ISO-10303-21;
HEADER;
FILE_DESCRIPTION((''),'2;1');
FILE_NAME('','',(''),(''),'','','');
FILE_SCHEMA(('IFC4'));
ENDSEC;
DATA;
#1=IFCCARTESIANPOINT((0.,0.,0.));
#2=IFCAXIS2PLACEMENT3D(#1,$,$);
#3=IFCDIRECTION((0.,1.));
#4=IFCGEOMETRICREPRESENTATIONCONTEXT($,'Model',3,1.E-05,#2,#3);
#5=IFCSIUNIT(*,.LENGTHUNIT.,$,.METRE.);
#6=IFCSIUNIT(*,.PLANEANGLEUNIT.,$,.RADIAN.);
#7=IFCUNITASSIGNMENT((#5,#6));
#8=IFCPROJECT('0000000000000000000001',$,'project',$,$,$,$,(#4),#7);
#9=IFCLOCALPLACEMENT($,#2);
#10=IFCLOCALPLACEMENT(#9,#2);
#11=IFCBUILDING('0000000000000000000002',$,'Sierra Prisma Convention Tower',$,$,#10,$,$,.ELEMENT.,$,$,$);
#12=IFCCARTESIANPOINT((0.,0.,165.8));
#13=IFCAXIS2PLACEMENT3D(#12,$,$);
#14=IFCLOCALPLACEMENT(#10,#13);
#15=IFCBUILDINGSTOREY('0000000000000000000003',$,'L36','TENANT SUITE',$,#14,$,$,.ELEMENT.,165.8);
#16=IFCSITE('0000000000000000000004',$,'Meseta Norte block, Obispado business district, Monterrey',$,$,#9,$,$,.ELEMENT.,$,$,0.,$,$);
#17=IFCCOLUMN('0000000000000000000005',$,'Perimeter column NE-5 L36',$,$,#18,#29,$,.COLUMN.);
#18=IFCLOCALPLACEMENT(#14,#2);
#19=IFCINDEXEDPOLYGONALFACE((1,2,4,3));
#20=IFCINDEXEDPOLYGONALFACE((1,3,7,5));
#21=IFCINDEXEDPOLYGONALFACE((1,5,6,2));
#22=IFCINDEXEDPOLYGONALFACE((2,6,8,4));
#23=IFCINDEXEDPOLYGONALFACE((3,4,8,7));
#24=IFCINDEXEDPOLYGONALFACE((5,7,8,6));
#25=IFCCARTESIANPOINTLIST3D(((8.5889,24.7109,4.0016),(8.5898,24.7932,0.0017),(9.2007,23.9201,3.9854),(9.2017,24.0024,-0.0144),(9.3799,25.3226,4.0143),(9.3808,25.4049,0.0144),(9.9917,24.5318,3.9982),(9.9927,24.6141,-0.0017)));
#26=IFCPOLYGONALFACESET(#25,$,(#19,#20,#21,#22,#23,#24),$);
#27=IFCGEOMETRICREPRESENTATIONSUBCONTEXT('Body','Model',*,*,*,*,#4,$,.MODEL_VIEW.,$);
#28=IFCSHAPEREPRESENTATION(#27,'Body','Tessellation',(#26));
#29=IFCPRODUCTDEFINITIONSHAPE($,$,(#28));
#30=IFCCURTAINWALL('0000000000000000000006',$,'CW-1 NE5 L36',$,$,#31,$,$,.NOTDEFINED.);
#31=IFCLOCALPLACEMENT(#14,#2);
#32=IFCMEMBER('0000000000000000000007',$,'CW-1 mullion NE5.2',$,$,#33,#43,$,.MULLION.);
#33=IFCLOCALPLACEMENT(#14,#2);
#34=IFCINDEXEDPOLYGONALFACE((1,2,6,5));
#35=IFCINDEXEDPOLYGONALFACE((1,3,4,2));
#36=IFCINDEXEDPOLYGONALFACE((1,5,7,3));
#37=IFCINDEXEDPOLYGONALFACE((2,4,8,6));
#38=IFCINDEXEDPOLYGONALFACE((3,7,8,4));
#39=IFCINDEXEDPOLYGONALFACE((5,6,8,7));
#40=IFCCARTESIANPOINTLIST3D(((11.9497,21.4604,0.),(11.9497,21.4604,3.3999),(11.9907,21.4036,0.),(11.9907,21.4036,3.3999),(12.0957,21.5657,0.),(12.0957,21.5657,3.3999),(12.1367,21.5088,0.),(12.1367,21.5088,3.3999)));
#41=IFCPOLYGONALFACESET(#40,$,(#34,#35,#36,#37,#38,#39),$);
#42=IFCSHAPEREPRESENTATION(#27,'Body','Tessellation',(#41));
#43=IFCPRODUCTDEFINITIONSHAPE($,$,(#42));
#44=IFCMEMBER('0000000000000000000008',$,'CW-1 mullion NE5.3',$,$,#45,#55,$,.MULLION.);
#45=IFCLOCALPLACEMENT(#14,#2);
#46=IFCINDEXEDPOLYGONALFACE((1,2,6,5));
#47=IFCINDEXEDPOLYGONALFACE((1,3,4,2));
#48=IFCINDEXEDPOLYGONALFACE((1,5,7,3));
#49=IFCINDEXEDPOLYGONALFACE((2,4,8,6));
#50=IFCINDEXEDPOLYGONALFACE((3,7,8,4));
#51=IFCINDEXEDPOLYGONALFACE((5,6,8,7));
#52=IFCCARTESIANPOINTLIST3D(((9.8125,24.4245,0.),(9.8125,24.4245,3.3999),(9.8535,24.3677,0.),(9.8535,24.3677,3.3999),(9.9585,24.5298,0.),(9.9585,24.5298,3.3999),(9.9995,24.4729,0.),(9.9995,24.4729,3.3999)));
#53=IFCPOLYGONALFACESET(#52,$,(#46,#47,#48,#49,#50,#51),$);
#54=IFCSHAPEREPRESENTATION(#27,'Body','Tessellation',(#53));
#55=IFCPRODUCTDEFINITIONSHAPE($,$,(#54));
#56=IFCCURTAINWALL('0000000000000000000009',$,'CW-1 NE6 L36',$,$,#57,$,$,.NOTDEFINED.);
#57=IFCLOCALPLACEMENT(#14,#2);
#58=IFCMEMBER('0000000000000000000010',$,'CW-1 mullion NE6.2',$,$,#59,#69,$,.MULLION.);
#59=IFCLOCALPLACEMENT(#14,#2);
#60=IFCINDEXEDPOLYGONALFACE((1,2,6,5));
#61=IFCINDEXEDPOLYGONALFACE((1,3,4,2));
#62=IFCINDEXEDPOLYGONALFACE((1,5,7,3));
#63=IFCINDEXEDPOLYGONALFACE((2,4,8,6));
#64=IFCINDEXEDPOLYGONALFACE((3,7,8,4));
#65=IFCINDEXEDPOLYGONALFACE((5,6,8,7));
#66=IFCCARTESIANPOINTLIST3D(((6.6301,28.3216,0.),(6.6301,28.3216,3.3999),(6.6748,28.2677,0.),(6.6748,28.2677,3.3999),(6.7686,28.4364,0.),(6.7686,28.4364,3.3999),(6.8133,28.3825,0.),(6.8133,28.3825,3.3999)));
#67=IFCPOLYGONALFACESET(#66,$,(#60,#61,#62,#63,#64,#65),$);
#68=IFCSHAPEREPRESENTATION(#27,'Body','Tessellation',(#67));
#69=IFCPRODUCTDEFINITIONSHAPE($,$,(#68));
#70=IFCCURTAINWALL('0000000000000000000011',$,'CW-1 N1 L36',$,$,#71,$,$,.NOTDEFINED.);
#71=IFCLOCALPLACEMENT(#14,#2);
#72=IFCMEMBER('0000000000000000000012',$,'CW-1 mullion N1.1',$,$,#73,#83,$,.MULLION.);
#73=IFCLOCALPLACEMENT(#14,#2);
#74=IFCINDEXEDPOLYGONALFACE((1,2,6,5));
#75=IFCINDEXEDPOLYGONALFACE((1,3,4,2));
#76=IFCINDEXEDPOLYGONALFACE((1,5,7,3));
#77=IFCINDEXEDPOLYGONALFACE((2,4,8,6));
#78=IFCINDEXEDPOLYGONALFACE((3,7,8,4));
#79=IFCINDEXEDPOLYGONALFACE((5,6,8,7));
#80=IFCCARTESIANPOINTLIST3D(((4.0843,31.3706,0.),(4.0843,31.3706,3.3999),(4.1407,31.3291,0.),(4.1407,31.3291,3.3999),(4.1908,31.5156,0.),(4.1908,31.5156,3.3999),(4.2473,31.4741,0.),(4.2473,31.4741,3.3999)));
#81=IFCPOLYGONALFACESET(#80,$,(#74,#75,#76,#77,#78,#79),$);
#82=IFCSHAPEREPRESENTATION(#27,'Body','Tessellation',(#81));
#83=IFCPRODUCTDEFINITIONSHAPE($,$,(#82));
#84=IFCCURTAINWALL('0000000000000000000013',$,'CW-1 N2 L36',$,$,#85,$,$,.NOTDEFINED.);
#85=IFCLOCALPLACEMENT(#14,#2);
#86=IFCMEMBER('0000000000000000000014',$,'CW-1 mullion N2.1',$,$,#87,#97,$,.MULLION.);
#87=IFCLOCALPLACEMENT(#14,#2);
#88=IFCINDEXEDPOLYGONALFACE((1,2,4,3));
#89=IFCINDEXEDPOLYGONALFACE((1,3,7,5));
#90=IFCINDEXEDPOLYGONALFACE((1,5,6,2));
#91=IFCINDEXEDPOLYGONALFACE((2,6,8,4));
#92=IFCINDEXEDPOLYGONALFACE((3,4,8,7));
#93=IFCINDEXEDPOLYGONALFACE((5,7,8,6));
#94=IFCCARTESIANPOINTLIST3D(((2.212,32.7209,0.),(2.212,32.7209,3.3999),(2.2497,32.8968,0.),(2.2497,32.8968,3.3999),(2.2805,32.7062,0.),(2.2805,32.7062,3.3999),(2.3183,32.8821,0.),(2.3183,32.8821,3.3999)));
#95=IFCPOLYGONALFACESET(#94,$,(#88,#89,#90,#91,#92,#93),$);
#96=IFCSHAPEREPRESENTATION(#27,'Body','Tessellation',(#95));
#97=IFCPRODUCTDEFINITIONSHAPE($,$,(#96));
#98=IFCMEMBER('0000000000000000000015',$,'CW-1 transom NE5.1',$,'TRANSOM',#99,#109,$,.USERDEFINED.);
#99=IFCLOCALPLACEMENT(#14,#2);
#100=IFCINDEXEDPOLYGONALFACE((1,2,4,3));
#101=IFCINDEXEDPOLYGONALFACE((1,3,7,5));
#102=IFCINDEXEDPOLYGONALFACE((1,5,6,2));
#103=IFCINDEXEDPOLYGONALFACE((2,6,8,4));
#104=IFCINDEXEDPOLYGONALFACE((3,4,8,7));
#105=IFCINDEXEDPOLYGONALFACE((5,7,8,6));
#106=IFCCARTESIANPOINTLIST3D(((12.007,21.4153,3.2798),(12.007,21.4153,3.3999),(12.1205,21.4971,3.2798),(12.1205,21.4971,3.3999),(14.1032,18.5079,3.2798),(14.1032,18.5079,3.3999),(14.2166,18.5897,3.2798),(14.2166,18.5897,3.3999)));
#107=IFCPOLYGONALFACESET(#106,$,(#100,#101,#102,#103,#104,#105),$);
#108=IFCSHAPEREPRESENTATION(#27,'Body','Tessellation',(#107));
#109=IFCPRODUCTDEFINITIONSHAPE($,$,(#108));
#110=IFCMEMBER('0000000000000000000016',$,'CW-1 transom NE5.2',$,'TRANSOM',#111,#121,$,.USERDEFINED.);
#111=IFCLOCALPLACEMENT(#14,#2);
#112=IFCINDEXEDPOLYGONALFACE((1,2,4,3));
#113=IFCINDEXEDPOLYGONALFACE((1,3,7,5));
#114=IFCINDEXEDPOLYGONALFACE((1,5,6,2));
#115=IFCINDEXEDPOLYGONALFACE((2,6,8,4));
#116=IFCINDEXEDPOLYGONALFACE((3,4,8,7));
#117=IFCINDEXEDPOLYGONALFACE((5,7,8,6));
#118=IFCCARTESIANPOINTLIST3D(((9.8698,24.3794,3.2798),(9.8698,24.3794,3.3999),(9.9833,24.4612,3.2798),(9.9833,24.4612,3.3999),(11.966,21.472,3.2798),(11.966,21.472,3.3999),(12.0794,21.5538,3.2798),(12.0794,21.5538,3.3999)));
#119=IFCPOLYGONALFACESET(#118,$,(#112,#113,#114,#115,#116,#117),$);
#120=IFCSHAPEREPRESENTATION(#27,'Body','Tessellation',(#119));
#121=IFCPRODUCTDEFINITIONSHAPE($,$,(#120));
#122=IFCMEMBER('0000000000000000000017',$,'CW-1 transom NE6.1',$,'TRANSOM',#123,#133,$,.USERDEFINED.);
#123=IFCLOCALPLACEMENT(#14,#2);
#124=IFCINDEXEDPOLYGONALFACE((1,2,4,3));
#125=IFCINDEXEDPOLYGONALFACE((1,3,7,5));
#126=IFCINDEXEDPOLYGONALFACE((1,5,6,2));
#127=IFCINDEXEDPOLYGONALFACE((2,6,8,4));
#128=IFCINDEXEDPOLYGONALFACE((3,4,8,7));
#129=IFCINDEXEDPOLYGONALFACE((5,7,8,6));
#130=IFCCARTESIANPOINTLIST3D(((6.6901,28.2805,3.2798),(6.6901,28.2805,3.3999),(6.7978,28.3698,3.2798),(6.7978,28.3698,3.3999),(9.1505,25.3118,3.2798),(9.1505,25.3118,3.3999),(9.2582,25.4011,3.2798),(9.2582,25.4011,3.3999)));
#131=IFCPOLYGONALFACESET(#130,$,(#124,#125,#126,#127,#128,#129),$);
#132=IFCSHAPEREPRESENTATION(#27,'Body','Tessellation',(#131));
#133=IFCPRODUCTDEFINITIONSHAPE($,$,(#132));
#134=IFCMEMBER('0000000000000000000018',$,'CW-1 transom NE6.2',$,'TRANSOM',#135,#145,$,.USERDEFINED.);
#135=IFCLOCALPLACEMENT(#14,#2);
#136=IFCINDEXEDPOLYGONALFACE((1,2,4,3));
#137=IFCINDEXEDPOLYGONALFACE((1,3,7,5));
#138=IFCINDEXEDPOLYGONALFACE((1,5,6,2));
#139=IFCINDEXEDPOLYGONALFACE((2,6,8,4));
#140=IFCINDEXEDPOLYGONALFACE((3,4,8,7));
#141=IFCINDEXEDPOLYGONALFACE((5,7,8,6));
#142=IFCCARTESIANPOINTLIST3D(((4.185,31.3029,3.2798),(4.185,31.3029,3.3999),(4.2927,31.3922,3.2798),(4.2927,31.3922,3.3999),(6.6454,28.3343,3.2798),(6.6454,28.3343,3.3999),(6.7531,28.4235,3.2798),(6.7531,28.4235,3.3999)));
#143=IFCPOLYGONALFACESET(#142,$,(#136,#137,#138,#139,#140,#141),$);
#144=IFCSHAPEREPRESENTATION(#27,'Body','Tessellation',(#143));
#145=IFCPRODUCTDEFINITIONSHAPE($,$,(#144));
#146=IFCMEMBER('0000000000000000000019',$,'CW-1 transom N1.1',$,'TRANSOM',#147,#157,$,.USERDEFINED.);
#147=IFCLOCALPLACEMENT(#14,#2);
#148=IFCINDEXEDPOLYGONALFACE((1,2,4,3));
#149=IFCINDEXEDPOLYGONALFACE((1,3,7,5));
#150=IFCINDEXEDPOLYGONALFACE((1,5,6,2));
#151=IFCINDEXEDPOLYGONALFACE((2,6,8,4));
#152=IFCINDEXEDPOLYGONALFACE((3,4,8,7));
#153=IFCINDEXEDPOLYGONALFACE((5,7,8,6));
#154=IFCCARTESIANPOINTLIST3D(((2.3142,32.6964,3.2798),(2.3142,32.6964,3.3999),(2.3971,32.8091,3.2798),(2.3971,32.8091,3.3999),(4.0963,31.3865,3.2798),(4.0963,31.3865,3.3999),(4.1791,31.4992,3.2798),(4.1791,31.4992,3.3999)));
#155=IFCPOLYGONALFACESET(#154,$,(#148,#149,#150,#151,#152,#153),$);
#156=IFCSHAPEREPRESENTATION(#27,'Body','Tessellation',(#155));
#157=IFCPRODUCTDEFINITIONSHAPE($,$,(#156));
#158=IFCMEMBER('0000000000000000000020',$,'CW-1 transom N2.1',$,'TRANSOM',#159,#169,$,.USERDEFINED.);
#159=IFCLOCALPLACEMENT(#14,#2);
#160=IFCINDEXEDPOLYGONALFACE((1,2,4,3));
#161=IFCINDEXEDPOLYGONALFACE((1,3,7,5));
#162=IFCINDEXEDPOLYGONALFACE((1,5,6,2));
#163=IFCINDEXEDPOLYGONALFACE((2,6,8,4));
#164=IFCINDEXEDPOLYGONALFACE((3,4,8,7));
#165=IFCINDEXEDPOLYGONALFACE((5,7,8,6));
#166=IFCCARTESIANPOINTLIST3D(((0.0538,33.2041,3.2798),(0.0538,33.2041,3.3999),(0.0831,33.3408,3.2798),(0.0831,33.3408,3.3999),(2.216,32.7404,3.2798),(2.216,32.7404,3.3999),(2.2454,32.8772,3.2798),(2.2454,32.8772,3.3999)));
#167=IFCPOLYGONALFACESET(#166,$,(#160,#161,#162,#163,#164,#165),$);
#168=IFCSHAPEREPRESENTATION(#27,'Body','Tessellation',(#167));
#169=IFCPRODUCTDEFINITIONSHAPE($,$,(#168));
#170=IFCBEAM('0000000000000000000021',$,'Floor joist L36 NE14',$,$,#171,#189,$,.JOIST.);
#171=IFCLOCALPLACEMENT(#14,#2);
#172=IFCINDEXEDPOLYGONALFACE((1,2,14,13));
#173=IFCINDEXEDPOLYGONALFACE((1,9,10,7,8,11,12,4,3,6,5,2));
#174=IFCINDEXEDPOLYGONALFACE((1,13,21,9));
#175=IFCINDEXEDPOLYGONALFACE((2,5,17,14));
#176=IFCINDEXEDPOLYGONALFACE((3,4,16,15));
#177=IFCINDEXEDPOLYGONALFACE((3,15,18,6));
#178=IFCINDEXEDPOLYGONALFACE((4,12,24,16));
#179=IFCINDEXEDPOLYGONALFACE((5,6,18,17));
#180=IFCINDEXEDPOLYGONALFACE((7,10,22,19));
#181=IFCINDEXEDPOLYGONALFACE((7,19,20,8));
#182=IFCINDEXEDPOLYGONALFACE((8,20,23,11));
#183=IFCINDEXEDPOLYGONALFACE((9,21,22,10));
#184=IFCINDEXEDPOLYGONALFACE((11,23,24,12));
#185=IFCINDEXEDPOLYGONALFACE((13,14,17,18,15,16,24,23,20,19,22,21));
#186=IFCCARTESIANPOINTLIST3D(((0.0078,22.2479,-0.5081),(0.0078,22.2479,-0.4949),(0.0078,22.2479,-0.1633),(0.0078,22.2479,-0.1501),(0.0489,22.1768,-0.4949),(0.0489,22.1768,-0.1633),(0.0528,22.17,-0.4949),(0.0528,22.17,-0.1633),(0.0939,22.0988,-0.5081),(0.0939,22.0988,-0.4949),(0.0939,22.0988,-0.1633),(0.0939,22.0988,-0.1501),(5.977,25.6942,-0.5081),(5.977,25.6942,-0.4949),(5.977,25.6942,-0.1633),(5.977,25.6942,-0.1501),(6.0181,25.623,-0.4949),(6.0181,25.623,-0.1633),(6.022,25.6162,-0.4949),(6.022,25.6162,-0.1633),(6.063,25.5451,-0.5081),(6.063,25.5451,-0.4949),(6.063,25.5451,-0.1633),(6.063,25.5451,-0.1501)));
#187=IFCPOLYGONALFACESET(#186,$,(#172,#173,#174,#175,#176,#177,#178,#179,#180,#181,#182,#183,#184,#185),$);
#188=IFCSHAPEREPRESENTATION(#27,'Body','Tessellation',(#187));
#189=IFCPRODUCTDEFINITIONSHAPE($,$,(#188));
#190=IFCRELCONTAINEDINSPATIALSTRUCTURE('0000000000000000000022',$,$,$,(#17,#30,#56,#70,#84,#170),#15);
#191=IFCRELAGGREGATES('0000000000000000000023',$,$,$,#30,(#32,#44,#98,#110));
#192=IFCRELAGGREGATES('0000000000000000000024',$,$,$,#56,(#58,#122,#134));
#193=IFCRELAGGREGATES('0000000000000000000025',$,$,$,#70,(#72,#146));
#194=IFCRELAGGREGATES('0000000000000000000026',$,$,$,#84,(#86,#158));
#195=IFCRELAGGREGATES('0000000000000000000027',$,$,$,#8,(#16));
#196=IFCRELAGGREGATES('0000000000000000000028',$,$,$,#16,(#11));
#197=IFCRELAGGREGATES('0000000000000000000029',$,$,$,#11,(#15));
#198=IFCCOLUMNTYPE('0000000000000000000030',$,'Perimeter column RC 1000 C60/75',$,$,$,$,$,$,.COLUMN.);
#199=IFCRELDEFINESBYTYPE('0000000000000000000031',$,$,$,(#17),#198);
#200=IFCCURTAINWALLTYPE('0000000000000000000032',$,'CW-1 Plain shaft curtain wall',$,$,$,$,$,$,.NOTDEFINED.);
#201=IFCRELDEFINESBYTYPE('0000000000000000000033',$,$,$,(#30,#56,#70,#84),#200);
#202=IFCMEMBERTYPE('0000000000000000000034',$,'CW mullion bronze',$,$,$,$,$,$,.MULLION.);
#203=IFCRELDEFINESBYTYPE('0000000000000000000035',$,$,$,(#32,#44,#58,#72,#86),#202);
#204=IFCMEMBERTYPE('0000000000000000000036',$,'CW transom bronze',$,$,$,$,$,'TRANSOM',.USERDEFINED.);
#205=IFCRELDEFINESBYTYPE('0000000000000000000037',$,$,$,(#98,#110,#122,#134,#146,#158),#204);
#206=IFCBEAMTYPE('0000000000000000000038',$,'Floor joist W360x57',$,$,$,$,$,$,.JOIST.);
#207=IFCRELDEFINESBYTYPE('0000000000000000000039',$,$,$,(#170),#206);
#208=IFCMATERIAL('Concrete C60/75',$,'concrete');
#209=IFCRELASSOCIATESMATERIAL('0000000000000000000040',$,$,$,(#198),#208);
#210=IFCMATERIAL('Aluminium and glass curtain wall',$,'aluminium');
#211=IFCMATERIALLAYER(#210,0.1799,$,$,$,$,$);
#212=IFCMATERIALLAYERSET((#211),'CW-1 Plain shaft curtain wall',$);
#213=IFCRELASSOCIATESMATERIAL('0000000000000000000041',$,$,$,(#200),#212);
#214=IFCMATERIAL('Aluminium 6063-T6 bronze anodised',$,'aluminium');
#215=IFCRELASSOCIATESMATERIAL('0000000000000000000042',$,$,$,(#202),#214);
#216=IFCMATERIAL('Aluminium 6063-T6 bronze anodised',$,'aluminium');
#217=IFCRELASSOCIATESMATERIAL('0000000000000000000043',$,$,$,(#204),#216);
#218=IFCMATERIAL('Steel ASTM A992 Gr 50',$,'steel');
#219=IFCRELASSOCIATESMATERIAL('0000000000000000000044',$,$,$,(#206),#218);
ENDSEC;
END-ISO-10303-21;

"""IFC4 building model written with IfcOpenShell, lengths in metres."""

from ifc_helpers import new_model, si_unit, direction, frame, origin, origin_2d, place, context, subcontext, project, spatial, rectangle, i_section, extrude, material, layer, layer_set, material_profile, profile_set, type_object, element, aggregate, save


model = new_model("IFC4")

# Units and contexts
model_context = context("Model", 3, precision=1e-05, world=origin(), true_north=direction((0.0, 1.0)))
body_context = subcontext(model_context, "Body", "Model", "MODEL_VIEW")
ifc_project = project(units=[si_unit("LENGTHUNIT", "METRE"), si_unit("PLANEANGLEUNIT", "RADIAN")], contexts=[model_context])

# Site, building, storey
site_placement = place(None, origin())
site = spatial("IfcSite", under=ifc_project, at=site_placement, Name="Meseta Norte block, Obispado business district, Monterrey", CompositionType="ELEMENT", RefElevation=0.0)
building_placement = place(site_placement, origin())
building = spatial("IfcBuilding", under=site, at=building_placement, Name="Sierra Prisma Convention Tower", CompositionType="ELEMENT")
storey_placement = place(building_placement, frame((0.0, 0.0, 165.8)))
storey = spatial("IfcBuildingStorey", under=building, at=storey_placement, Name="L36", Description="TENANT SUITE", CompositionType="ELEMENT", Elevation=165.8)

# Column
ifc_material_1 = material(Name="Concrete C60/75", Category="concrete")
ifc_material_profile_1 = material_profile(ifc_material_1, rectangle(XDim=1.0, YDim=1.0, at=origin_2d()), Name="Perimeter column RC 1000 C60/75")
ifc_profile_set_1 = profile_set([ifc_material_profile_1], Name="Concrete C60/75")
column_type = type_object("IfcColumnType", Name="Perimeter column RC 1000 C60/75", PredefinedType="COLUMN", material=ifc_profile_set_1)
column_placement = place(storey_placement, frame((9.2913, 24.7036, 0.0), z_axis=(-0.000244, -0.020564, 0.999788), x_axis=(-0.611834, 0.790822, 0.016117)))
element("IfcColumn", 1, at=column_placement, inside=storey, type_object=column_type, Name="Perimeter column NE-5 L36", PredefinedType="COLUMN", context=body_context, shape_type="SweptSolid", body=[
    extrude(rectangle(XDim=1.0, YDim=1.0, at=origin_2d()), origin(), (0.0, 0.0, 1.0), 4.0007),
])

# Curtain wall, members
ifc_material_2 = material(Name="Aluminium and glass curtain wall", Category="aluminium")
ifc_layer_1 = layer(ifc_material_2, 0.1799)
ifc_layer_set_1 = layer_set([ifc_layer_1], Name="CW-1 Plain shaft curtain wall")
curtain_wall_type = type_object("IfcCurtainWallType", Name="CW-1 Plain shaft curtain wall", PredefinedType="NOTDEFINED", material=ifc_layer_set_1)
curtain_wall_1_placement = place(storey_placement, origin())
curtain_wall_1 = element("IfcCurtainWall", 2, at=curtain_wall_1_placement, inside=storey, type_object=curtain_wall_type, Name="CW-1 NE5 L36", PredefinedType="NOTDEFINED")
ifc_material_3 = material(Name="Aluminium 6063-T6 bronze anodised", Category="aluminium")
ifc_material_profile_2 = material_profile(ifc_material_3, rectangle(XDim=0.1799, YDim=0.0701, at=origin_2d()), Name="ALU MULLION 70x180")
ifc_profile_set_2 = profile_set([ifc_material_profile_2], Name="Aluminium 6063-T6 bronze anodised")
member_type_1 = type_object("IfcMemberType", Name="CW mullion bronze", PredefinedType="MULLION", material=ifc_profile_set_2)
member_1_placement = place(storey_placement, frame((12.0432, 21.4846, 0.0), z_axis=(0.0, 0.0, 1.0), x_axis=(-0.811149, -0.58484, 0.0)))
member_1 = element("IfcMember", 3, at=member_1_placement, type_object=member_type_1, Name="CW-1 mullion NE5.2", PredefinedType="MULLION", context=body_context, shape_type="SweptSolid", body=[
    extrude(rectangle(XDim=0.1799, YDim=0.0701, at=origin_2d()), origin(), (0.0, 0.0, 1.0), 3.3999),
])
member_2_placement = place(storey_placement, frame((9.906, 24.4487, 0.0), z_axis=(0.0, 0.0, 1.0), x_axis=(-0.811149, -0.58484, 0.0)))
member_2 = element("IfcMember", 4, at=member_2_placement, type_object=member_type_1, Name="CW-1 mullion NE5.3", PredefinedType="MULLION", context=body_context, shape_type="SweptSolid", body=[
    extrude(rectangle(XDim=0.1799, YDim=0.0701, at=origin_2d()), origin(), (0.0, 0.0, 1.0), 3.3999),
])

# Curtain walls, members
curtain_wall_2_placement = place(storey_placement, origin())
curtain_wall_2 = element("IfcCurtainWall", 5, at=curtain_wall_2_placement, inside=storey, type_object=curtain_wall_type, Name="CW-1 NE6 L36", PredefinedType="NOTDEFINED")
member_3_placement = place(storey_placement, frame((6.7217, 28.3521, 0.0), z_axis=(0.0, 0.0, 1.0), x_axis=(-0.769926, -0.638133, 0.0)))
member_3 = element("IfcMember", 6, at=member_3_placement, type_object=member_type_1, Name="CW-1 mullion NE6.2", PredefinedType="MULLION", context=body_context, shape_type="SweptSolid", body=[
    extrude(rectangle(XDim=0.1799, YDim=0.0701, at=origin_2d()), origin(), (0.0, 0.0, 1.0), 3.3999),
])
curtain_wall_3_placement = place(storey_placement, origin())
curtain_wall_3 = element("IfcCurtainWall", 7, at=curtain_wall_3_placement, inside=storey, type_object=curtain_wall_type, Name="CW-1 N1 L36", PredefinedType="NOTDEFINED")
member_4_placement = place(storey_placement, frame((4.1658, 31.4224, 0.0), z_axis=(0.0, 0.0, 1.0), x_axis=(-0.592189, -0.805799, 0.0)))
member_4 = element("IfcMember", 8, at=member_4_placement, type_object=member_type_1, Name="CW-1 mullion N1.1", PredefinedType="MULLION", context=body_context, shape_type="SweptSolid", body=[
    extrude(rectangle(XDim=0.1799, YDim=0.0701, at=origin_2d()), origin(), (0.0, 0.0, 1.0), 3.3999),
])
curtain_wall_4_placement = place(storey_placement, origin())
curtain_wall_4 = element("IfcCurtainWall", 9, at=curtain_wall_4_placement, inside=storey, type_object=curtain_wall_type, Name="CW-1 N2 L36", PredefinedType="NOTDEFINED")
member_5_placement = place(storey_placement, frame((2.2651, 32.8015, 0.0), z_axis=(0.0, 0.0, 1.0), x_axis=(-0.20969, -0.977768, 0.0)))
member_5 = element("IfcMember", 10, at=member_5_placement, type_object=member_type_1, Name="CW-1 mullion N2.1", PredefinedType="MULLION", context=body_context, shape_type="SweptSolid", body=[
    extrude(rectangle(XDim=0.1799, YDim=0.0701, at=origin_2d()), origin(), (0.0, 0.0, 1.0), 3.3999),
])

# Members
ifc_material_4 = material(Name="Aluminium 6063-T6 bronze anodised", Category="aluminium")
ifc_material_profile_3 = material_profile(ifc_material_4, rectangle(XDim=0.1399, YDim=0.1201, at=origin_2d()), Name="ALU TRANSOM 120x140")
ifc_profile_set_3 = profile_set([ifc_material_profile_3], Name="Aluminium 6063-T6 bronze anodised")
member_type_2 = type_object("IfcMemberType", Name="CW transom bronze", ElementType="TRANSOM", PredefinedType="USERDEFINED", material=ifc_profile_set_3)
member_6_placement = place(storey_placement, frame((14.1599, 18.5488, 3.3398), z_axis=(-0.584821, 0.811162, 0.0), x_axis=(-0.811162, -0.584821, 0.0)))
member_6 = element("IfcMember", 11, at=member_6_placement, type_object=member_type_2, Name="CW-1 transom NE5.1", ObjectType="TRANSOM", PredefinedType="USERDEFINED", context=body_context, shape_type="SweptSolid", body=[
    extrude(rectangle(XDim=0.1399, YDim=0.1201, at=origin_2d()), origin(), (0.0, 0.0, 1.0), 3.5842),
])
member_7_placement = place(storey_placement, frame((12.0227, 21.5129, 3.3398), z_axis=(-0.584821, 0.811162, 0.0), x_axis=(-0.811162, -0.584821, 0.0)))
member_7 = element("IfcMember", 12, at=member_7_placement, type_object=member_type_2, Name="CW-1 transom NE5.2", ObjectType="TRANSOM", PredefinedType="USERDEFINED", context=body_context, shape_type="SweptSolid", body=[
    extrude(rectangle(XDim=0.1399, YDim=0.1201, at=origin_2d()), origin(), (0.0, 0.0, 1.0), 3.5842),
])
member_8_placement = place(storey_placement, frame((9.2043, 25.3564, 3.3398), z_axis=(-0.638114, 0.769942, 0.0), x_axis=(-0.769942, -0.638114, 0.0)))
member_8 = element("IfcMember", 13, at=member_8_placement, type_object=member_type_2, Name="CW-1 transom NE6.1", ObjectType="TRANSOM", PredefinedType="USERDEFINED", context=body_context, shape_type="SweptSolid", body=[
    extrude(rectangle(XDim=0.1399, YDim=0.1201, at=origin_2d()), origin(), (0.0, 0.0, 1.0), 3.8557),
])
member_9_placement = place(storey_placement, frame((6.6992, 28.3789, 3.3398), z_axis=(-0.638114, 0.769942, 0.0), x_axis=(-0.769942, -0.638114, 0.0)))
member_9 = element("IfcMember", 14, at=member_9_placement, type_object=member_type_2, Name="CW-1 transom NE6.2", ObjectType="TRANSOM", PredefinedType="USERDEFINED", context=body_context, shape_type="SweptSolid", body=[
    extrude(rectangle(XDim=0.1399, YDim=0.1201, at=origin_2d()), origin(), (0.0, 0.0, 1.0), 3.8557),
])
member_10_placement = place(storey_placement, frame((4.1377, 31.4429, 3.3398), z_axis=(-0.805752, 0.592253, 0.0), x_axis=(-0.592253, -0.805752, 0.0)))
member_10 = element("IfcMember", 15, at=member_10_placement, type_object=member_type_2, Name="CW-1 transom N1.1", ObjectType="TRANSOM", PredefinedType="USERDEFINED", context=body_context, shape_type="SweptSolid", body=[
    extrude(rectangle(XDim=0.1399, YDim=0.1201, at=origin_2d()), origin(), (0.0, 0.0, 1.0), 2.2117),
])
member_11_placement = place(storey_placement, frame((2.2307, 32.8088, 3.3398), z_axis=(-0.977778, 0.209642, 0.0), x_axis=(-0.209642, -0.977778, 0.0)))
member_11 = element("IfcMember", 16, at=member_11_placement, type_object=member_type_2, Name="CW-1 transom N2.1", ObjectType="TRANSOM", PredefinedType="USERDEFINED", context=body_context, shape_type="SweptSolid", body=[
    extrude(rectangle(XDim=0.1399, YDim=0.1201, at=origin_2d()), origin(), (0.0, 0.0, 1.0), 2.2114),
])

# Beam
ifc_material_5 = material(Name="Steel ASTM A992 Gr 50", Category="steel")
ifc_material_profile_4 = material_profile(ifc_material_5, i_section(OverallWidth=0.1721, OverallDepth=0.3579, WebThickness=0.0078, FlangeThickness=0.0132, at=origin_2d()), Name="W360x57")
ifc_profile_set_4 = profile_set([ifc_material_profile_4], Name="Steel ASTM A992 Gr 50")
beam_type_1 = type_object("IfcBeamType", Name="Floor joist W360x57", PredefinedType="JOIST", material=ifc_profile_set_4)
beam_1_placement = place(storey_placement, frame((6.02, 25.6196, -0.3291), z_axis=(-0.866029, -0.499994, 0.0), x_axis=(0.499994, -0.866029, 0.0)))
element("IfcBeam", 17, at=beam_1_placement, inside=storey, type_object=beam_type_1, Name="Floor joist L36 NE14", PredefinedType="JOIST", context=body_context, shape_type="SweptSolid", body=[
    extrude(i_section(OverallWidth=0.1721, OverallDepth=0.3579, WebThickness=0.0078, FlangeThickness=0.0132, at=origin_2d()), origin(), (0.0, 0.0, 1.0), 6.8926),
])

aggregate(curtain_wall_1, [member_1, member_2, member_6, member_7])
aggregate(curtain_wall_2, [member_3, member_8, member_9])
aggregate(curtain_wall_3, [member_4, member_10])
aggregate(curtain_wall_4, [member_5, member_11])

save(model, "model.ifc")
